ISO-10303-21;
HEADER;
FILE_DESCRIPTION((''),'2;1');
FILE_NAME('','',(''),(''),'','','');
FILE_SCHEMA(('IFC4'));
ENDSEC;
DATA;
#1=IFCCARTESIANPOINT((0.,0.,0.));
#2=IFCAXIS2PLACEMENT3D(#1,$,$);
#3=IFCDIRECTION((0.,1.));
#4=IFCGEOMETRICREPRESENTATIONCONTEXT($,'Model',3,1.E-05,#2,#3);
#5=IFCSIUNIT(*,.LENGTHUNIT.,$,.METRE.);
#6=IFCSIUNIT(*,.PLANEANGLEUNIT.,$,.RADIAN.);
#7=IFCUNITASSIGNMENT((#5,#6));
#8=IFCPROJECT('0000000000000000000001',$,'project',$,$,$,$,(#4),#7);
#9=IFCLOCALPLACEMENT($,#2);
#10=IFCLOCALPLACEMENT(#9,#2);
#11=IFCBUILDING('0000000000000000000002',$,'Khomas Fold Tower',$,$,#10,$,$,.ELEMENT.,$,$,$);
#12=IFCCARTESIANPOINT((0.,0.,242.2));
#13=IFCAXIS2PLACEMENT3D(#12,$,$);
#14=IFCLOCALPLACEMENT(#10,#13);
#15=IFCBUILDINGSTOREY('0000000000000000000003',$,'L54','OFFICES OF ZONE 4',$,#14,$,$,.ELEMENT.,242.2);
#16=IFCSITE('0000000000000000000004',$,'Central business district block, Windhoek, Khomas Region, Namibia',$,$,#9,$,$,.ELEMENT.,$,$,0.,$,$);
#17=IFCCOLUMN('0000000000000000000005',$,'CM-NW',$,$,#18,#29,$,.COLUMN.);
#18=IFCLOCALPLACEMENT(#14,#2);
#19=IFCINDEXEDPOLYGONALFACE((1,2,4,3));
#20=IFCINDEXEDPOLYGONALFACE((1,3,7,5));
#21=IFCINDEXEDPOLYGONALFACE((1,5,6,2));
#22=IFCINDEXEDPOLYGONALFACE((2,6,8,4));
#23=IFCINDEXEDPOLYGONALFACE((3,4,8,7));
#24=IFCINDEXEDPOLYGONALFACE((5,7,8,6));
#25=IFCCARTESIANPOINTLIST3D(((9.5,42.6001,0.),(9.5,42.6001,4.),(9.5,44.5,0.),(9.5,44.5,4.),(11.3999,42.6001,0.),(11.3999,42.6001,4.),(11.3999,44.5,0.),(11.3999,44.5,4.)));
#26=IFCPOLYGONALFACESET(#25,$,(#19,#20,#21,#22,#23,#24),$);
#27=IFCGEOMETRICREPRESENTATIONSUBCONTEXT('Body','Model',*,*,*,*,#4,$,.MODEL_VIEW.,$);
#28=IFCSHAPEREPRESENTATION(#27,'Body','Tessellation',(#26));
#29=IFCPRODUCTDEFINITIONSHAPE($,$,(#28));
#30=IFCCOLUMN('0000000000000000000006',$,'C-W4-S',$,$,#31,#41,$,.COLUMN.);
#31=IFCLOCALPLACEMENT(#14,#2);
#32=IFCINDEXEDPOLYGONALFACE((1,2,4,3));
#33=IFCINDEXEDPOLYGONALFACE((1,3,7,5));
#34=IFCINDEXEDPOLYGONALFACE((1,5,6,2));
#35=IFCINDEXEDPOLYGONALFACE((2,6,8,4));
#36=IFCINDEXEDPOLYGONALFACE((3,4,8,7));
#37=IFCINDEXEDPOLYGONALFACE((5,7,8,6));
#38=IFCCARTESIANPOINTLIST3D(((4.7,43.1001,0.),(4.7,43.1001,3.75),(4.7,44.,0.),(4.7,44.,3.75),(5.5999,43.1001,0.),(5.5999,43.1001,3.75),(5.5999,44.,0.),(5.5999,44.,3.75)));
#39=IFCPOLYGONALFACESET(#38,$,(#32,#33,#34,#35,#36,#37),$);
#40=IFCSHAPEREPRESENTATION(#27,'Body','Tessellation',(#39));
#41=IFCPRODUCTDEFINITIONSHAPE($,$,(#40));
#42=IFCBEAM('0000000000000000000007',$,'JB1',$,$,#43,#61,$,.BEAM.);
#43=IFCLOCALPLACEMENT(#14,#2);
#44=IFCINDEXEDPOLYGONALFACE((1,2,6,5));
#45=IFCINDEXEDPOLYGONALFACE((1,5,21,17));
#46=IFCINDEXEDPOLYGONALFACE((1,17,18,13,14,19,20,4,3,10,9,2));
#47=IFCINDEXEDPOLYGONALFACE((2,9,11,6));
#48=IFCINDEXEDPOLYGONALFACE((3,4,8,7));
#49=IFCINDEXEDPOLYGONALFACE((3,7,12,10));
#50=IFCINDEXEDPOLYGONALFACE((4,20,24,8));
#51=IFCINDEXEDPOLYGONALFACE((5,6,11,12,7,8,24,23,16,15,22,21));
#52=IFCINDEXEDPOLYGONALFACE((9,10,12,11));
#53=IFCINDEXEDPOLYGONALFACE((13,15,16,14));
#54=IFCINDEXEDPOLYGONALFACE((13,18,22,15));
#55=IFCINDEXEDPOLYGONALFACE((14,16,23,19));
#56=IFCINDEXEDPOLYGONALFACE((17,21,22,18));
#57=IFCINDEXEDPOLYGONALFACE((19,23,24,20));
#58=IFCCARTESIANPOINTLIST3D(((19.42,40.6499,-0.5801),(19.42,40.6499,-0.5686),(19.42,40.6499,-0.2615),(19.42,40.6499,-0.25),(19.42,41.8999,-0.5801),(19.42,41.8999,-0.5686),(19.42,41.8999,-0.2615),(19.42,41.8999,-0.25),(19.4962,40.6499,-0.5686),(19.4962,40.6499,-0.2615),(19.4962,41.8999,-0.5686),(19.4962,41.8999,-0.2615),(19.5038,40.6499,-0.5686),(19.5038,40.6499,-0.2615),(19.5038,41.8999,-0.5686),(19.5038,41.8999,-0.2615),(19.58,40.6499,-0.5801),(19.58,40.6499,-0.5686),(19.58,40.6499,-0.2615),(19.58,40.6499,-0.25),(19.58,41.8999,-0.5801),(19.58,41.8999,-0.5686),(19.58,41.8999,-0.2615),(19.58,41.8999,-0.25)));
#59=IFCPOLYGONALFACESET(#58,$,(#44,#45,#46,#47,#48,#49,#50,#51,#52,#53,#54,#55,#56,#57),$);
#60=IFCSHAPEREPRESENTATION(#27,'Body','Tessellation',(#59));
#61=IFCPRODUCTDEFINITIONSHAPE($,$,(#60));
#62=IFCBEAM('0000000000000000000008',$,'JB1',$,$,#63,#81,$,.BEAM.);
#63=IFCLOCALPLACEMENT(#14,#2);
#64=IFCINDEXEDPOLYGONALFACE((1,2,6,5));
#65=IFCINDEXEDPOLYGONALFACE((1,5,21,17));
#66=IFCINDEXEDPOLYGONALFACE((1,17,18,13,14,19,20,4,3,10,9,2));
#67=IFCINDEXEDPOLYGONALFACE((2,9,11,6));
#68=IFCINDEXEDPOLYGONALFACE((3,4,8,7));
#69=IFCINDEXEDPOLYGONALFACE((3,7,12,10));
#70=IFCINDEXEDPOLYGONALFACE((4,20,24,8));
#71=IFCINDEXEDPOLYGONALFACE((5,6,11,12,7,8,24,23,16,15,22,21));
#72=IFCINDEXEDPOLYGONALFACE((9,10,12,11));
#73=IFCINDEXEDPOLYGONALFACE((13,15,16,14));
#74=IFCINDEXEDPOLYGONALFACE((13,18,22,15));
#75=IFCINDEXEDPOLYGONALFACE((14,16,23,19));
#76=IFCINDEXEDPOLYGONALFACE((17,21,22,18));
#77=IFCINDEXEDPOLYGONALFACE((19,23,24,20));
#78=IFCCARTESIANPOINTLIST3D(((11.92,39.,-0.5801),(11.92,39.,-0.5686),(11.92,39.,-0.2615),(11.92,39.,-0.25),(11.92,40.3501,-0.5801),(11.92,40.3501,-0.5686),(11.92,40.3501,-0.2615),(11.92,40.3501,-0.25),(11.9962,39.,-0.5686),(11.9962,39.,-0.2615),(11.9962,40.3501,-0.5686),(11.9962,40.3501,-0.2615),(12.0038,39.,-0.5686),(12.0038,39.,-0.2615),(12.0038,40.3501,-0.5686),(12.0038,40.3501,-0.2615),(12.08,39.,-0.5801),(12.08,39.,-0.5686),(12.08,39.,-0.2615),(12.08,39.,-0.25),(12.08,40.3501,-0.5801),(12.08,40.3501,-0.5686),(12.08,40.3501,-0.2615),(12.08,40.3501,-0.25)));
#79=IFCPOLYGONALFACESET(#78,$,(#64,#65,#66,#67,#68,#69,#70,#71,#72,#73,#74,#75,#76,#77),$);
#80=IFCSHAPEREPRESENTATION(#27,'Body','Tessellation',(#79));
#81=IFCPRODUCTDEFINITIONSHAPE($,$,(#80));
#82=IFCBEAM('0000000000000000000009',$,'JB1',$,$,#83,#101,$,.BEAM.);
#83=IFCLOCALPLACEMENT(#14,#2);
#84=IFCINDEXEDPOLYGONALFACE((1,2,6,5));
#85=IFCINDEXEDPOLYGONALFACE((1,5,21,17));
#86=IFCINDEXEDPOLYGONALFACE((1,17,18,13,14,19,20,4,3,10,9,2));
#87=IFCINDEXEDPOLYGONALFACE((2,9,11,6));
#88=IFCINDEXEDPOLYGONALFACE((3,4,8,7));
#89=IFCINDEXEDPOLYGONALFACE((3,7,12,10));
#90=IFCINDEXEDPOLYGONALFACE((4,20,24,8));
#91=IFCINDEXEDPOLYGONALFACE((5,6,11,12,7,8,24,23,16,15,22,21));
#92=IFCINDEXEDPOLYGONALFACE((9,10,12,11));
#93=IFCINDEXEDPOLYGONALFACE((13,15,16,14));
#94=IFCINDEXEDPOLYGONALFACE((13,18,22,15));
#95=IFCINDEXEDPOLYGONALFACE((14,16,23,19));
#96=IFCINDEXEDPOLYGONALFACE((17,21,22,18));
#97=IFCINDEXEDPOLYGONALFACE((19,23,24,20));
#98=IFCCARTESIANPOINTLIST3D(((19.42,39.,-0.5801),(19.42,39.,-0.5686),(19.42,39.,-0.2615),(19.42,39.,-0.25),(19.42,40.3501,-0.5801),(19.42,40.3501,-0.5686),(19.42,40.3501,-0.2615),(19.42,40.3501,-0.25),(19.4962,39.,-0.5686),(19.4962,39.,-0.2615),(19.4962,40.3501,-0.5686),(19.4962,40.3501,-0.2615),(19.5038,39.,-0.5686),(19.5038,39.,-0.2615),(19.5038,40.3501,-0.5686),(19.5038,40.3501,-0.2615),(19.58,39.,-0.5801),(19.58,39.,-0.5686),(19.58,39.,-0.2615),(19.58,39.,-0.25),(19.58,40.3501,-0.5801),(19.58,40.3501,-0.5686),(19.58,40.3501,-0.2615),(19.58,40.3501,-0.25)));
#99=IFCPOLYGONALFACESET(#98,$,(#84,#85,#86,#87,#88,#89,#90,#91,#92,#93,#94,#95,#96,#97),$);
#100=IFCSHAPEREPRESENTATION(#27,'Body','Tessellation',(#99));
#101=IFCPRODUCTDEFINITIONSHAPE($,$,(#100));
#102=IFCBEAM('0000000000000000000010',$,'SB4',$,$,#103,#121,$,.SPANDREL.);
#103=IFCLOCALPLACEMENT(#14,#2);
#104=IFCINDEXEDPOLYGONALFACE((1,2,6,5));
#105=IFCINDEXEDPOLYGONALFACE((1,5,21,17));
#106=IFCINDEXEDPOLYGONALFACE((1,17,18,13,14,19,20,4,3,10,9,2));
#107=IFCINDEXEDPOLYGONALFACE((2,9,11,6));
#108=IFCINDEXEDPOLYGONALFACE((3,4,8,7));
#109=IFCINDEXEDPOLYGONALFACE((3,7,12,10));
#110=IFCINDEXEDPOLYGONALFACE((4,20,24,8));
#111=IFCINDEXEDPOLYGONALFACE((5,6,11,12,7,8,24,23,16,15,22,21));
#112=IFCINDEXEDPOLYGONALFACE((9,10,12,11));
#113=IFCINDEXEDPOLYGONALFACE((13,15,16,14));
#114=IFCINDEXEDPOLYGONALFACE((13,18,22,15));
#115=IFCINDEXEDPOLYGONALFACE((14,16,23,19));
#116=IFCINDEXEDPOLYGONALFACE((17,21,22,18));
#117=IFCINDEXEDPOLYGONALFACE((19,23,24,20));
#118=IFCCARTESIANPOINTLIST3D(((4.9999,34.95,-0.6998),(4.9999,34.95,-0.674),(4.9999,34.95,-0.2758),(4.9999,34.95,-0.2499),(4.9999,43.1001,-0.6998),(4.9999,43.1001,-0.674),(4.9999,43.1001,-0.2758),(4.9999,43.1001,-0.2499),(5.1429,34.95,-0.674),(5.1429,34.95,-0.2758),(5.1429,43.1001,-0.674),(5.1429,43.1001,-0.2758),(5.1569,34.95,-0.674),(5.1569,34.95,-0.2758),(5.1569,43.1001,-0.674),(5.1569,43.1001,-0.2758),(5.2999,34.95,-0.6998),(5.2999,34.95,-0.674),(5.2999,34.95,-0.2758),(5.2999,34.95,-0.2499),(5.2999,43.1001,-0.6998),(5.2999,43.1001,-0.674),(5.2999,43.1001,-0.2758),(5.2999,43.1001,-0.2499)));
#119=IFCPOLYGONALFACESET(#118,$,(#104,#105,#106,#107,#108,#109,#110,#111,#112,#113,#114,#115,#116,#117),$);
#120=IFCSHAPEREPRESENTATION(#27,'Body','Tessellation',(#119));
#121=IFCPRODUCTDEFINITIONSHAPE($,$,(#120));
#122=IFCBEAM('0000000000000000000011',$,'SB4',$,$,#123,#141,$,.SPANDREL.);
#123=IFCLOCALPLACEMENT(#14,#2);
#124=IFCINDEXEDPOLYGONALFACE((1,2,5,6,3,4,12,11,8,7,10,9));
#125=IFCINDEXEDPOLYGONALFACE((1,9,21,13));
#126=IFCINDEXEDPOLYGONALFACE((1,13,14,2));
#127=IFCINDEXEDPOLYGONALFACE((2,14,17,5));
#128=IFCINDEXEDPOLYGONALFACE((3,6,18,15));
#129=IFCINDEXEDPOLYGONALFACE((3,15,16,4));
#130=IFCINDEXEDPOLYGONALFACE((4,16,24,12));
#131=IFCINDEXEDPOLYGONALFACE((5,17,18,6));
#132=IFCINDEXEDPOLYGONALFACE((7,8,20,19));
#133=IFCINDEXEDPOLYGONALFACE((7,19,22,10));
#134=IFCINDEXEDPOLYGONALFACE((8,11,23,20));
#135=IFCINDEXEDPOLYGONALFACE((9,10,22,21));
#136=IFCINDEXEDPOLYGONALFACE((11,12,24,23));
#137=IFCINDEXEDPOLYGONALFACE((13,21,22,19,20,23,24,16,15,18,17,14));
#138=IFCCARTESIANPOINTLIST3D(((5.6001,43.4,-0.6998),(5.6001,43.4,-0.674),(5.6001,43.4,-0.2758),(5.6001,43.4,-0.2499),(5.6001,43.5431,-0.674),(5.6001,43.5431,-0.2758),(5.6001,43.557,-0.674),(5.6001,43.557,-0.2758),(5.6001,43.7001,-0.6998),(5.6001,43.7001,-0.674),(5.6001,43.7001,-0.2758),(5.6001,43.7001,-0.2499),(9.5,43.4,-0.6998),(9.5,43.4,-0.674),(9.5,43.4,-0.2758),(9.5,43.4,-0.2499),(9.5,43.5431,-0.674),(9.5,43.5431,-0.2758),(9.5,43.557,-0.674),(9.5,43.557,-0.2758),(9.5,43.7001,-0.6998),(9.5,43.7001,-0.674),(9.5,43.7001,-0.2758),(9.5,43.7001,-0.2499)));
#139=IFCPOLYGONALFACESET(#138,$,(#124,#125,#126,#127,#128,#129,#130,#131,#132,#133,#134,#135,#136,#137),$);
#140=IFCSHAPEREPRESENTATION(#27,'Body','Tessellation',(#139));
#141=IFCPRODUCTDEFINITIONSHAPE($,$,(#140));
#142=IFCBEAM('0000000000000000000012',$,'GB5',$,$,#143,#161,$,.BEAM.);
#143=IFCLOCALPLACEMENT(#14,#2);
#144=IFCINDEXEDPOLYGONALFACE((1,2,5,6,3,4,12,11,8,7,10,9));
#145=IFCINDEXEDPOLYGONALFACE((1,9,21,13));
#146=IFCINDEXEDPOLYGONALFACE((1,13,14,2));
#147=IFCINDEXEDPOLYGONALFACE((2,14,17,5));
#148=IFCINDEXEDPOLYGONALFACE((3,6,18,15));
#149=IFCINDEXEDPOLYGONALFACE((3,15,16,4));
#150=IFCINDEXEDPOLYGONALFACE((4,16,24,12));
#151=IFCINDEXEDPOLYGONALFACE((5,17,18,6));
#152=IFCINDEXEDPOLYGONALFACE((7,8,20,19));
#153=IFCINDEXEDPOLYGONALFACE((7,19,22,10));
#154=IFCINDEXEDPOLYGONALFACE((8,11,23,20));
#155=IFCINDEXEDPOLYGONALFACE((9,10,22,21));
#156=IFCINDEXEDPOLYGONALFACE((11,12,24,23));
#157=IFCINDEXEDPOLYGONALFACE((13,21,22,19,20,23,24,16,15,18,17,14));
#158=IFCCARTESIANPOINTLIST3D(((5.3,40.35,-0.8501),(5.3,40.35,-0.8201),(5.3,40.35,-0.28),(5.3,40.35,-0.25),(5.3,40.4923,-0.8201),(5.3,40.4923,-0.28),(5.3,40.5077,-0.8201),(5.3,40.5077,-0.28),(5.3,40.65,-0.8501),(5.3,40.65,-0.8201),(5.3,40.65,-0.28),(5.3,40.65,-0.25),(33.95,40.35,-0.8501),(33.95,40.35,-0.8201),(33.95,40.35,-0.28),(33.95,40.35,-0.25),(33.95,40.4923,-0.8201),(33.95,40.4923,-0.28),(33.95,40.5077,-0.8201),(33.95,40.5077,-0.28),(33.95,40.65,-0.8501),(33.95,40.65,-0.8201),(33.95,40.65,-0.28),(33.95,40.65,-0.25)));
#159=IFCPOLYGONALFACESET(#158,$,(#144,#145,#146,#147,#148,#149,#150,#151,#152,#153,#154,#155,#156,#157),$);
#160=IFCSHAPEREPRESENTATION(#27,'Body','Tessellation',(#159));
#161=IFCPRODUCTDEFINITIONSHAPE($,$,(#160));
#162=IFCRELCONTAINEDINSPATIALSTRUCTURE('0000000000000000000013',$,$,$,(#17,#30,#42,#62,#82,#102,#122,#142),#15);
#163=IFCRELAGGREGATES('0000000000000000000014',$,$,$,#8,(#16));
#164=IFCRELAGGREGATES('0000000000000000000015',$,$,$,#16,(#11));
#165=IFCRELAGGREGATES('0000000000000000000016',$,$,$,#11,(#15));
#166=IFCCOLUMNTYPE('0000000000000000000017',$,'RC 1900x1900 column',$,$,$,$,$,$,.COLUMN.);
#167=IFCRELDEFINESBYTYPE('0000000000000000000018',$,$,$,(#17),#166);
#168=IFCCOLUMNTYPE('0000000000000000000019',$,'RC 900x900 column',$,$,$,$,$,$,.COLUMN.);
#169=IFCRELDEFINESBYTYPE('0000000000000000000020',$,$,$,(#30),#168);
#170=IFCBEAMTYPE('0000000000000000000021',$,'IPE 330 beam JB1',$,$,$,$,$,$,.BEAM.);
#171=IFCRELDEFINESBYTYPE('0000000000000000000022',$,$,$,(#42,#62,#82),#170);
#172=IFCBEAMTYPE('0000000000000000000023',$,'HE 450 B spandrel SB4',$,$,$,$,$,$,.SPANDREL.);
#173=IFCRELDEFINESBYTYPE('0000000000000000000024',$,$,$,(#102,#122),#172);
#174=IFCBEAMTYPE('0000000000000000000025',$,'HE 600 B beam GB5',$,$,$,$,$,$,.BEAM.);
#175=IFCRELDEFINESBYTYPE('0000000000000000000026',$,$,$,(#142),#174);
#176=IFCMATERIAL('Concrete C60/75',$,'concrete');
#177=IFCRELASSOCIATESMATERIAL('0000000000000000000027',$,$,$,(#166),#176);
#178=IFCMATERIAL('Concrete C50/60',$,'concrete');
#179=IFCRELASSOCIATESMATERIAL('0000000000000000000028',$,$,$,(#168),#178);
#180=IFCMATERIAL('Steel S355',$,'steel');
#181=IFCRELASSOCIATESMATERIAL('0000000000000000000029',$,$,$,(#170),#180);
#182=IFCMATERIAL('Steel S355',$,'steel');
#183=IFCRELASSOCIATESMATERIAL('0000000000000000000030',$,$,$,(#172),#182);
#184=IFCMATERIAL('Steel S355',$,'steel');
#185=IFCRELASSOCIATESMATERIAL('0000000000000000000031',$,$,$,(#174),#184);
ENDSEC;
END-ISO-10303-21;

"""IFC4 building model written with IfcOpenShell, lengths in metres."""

from ifc_helpers import new_model, si_unit, direction, frame, origin, origin_2d, place, context, subcontext, project, spatial, rectangle, i_section, extrude, source, transform, mapped, material, material_profile, profile_set, type_object, element, save


model = new_model("IFC4")

# Units and contexts
model_context = context("Model", 3, precision=1e-05, world=origin(), true_north=direction((0.0, 1.0)))
body_context = subcontext(model_context, "Body", "Model", "MODEL_VIEW")
ifc_project = project(units=[si_unit("LENGTHUNIT", "METRE"), si_unit("PLANEANGLEUNIT", "RADIAN")], contexts=[model_context])

# Site, building, storey
site_placement = place(None, origin())
site = spatial("IfcSite", under=ifc_project, at=site_placement, Name="Central business district block, Windhoek, Khomas Region, Namibia", CompositionType="ELEMENT", RefElevation=0.0)
building_placement = place(site_placement, origin())
building = spatial("IfcBuilding", under=site, at=building_placement, Name="Khomas Fold Tower", CompositionType="ELEMENT")
storey_placement = place(building_placement, frame((0.0, 0.0, 242.2)))
storey = spatial("IfcBuildingStorey", under=building, at=storey_placement, Name="L54", Description="OFFICES OF ZONE 4", CompositionType="ELEMENT", Elevation=242.2)

# Columns
ifc_material_1 = material(Name="Concrete C60/75", Category="concrete")
ifc_material_profile_1 = material_profile(ifc_material_1, rectangle(XDim=1.8999, YDim=1.8999, at=origin_2d()), Name="RC 1900x1900")
ifc_profile_set_1 = profile_set([ifc_material_profile_1], Name="Concrete C60/75")
column_type_1 = type_object("IfcColumnType", Name="RC 1900x1900 column", PredefinedType="COLUMN", material=ifc_profile_set_1)
shared_shape_1 = source(origin(), body_context, "Body", "SweptSolid", [
    extrude(rectangle(XDim=1.8999, YDim=1.8999, at=origin_2d()), origin(), (0.0, 0.0, 1.0), 4.0),
])
column_1_placement = place(storey_placement, frame((10.45, 43.55, 0.0), z_axis=(0.0, 0.0, 1.0), x_axis=(1.0, 0.0, 0.0)))
element("IfcColumn", 1, at=column_1_placement, inside=storey, type_object=column_type_1, Name="CM-NW", PredefinedType="COLUMN", context=body_context, shape_type="MappedRepresentation", body=[
    mapped(shared_shape_1, transform((0.0, 0.0, 0.0))),
])
ifc_material_2 = material(Name="Concrete C50/60", Category="concrete")
ifc_material_profile_2 = material_profile(ifc_material_2, rectangle(XDim=0.8999, YDim=0.8999, at=origin_2d()), Name="RC 900x900")
ifc_profile_set_2 = profile_set([ifc_material_profile_2], Name="Concrete C50/60")
column_type_2 = type_object("IfcColumnType", Name="RC 900x900 column", PredefinedType="COLUMN", material=ifc_profile_set_2)
shared_shape_2 = source(origin(), body_context, "Body", "SweptSolid", [
    extrude(rectangle(XDim=0.8999, YDim=0.8999, at=origin_2d()), origin(), (0.0, 0.0, 1.0), 3.75),
])
column_2_placement = place(storey_placement, frame((5.1499, 43.55, 0.0), z_axis=(0.0, 0.0, 1.0), x_axis=(1.0, 0.0, 0.0)))
element("IfcColumn", 2, at=column_2_placement, inside=storey, type_object=column_type_2, Name="C-W4-S", PredefinedType="COLUMN", context=body_context, shape_type="MappedRepresentation", body=[
    mapped(shared_shape_2, transform((0.0, 0.0, 0.0))),
])

# Beams
ifc_material_3 = material(Name="Steel S355", Category="steel")
ifc_material_profile_3 = material_profile(ifc_material_3, i_section(OverallWidth=0.1599, OverallDepth=0.3301, WebThickness=0.0076, FlangeThickness=0.0115, at=origin_2d()), Name="IPE 330")
ifc_profile_set_3 = profile_set([ifc_material_profile_3], Name="Steel S355")
beam_type_1 = type_object("IfcBeamType", Name="IPE 330 beam JB1", PredefinedType="BEAM", material=ifc_profile_set_3)
shared_shape_3 = source(origin(), body_context, "Body", "SweptSolid", [
    extrude(i_section(OverallWidth=0.1599, OverallDepth=0.3301, WebThickness=0.0076, FlangeThickness=0.0115, at=origin_2d()), origin(), (0.0, 0.0, 1.0), 1.25),
])
beam_1_placement = place(storey_placement, frame((19.5, 40.6499, -0.415), z_axis=(0.0, 1.0, 0.0), x_axis=(-1.0, 0.0, 0.0)))
element("IfcBeam", 3, at=beam_1_placement, inside=storey, type_object=beam_type_1, Name="JB1", PredefinedType="BEAM", context=body_context, shape_type="MappedRepresentation", body=[
    mapped(shared_shape_3, transform((0.0, 0.0, 0.0))),
])
shared_shape_4 = source(origin(), body_context, "Body", "SweptSolid", [
    extrude(i_section(OverallWidth=0.1599, OverallDepth=0.3301, WebThickness=0.0076, FlangeThickness=0.0115, at=origin_2d()), origin(), (0.0, 0.0, 1.0), 1.3501),
])
for number, where, z_axis, x_axis, name in (
    (4, (12.0, 39.0, -0.415), (0.0, 1.0, 0.0), (-1.0, 0.0, 0.0), "JB1"),
    (5, (19.5, 39.0, -0.415), (0.0, 1.0, 0.0), (-1.0, 0.0, 0.0), "JB1"),
):
    element("IfcBeam", number, at=place(storey_placement, frame(where, z_axis=z_axis, x_axis=x_axis)), inside=storey, type_object=beam_type_1, Name=name, PredefinedType="BEAM", context=body_context, shape_type="MappedRepresentation", body=[
        mapped(shared_shape_4, transform((0.0, 0.0, 0.0))),
    ])
ifc_material_4 = material(Name="Steel S355", Category="steel")
ifc_material_profile_4 = material_profile(ifc_material_4, i_section(OverallWidth=0.3, OverallDepth=0.45, WebThickness=0.0139, FlangeThickness=0.0259, at=origin_2d()), Name="HE 450 B")
ifc_profile_set_4 = profile_set([ifc_material_profile_4], Name="Steel S355")
beam_type_2 = type_object("IfcBeamType", Name="HE 450 B spandrel SB4", PredefinedType="SPANDREL", material=ifc_profile_set_4)
shared_shape_5 = source(origin(), body_context, "Body", "SweptSolid", [
    extrude(i_section(OverallWidth=0.3, OverallDepth=0.45, WebThickness=0.0139, FlangeThickness=0.0259, at=origin_2d()), origin(), (0.0, 0.0, 1.0), 8.1501),
])
beam_2_placement = place(storey_placement, frame((5.1499, 34.95, -0.4749), z_axis=(0.0, 1.0, 0.0), x_axis=(-1.0, 0.0, 0.0)))
element("IfcBeam", 6, at=beam_2_placement, inside=storey, type_object=beam_type_2, Name="SB4", PredefinedType="SPANDREL", context=body_context, shape_type="MappedRepresentation", body=[
    mapped(shared_shape_5, transform((0.0, 0.0, 0.0))),
])
shared_shape_6 = source(origin(), body_context, "Body", "SweptSolid", [
    extrude(i_section(OverallWidth=0.3, OverallDepth=0.45, WebThickness=0.0139, FlangeThickness=0.0259, at=origin_2d()), origin(), (0.0, 0.0, 1.0), 3.8999),
])
beam_3_placement = place(storey_placement, frame((5.6001, 43.55, -0.4749), z_axis=(1.0, 0.0, 0.0), x_axis=(0.0, 1.0, 0.0)))
element("IfcBeam", 7, at=beam_3_placement, inside=storey, type_object=beam_type_2, Name="SB4", PredefinedType="SPANDREL", context=body_context, shape_type="MappedRepresentation", body=[
    mapped(shared_shape_6, transform((0.0, 0.0, 0.0))),
])
ifc_material_5 = material(Name="Steel S355", Category="steel")
ifc_material_profile_5 = material_profile(ifc_material_5, i_section(OverallWidth=0.3, OverallDepth=0.6001, WebThickness=0.0154, FlangeThickness=0.03, at=origin_2d()), Name="HE 600 B")
ifc_profile_set_5 = profile_set([ifc_material_profile_5], Name="Steel S355")
beam_type_3 = type_object("IfcBeamType", Name="HE 600 B beam GB5", PredefinedType="BEAM", material=ifc_profile_set_5)
shared_shape_7 = source(origin(), body_context, "Body", "SweptSolid", [
    extrude(i_section(OverallWidth=0.3, OverallDepth=0.6001, WebThickness=0.0154, FlangeThickness=0.03, at=origin_2d()), origin(), (0.0, 0.0, 1.0), 28.6499),
])
beam_4_placement = place(storey_placement, frame((5.3, 40.5, -0.55), z_axis=(1.0, 0.0, 0.0), x_axis=(0.0, 1.0, 0.0)))
element("IfcBeam", 8, at=beam_4_placement, inside=storey, type_object=beam_type_3, Name="GB5", PredefinedType="BEAM", context=body_context, shape_type="MappedRepresentation", body=[
    mapped(shared_shape_7, transform((0.0, 0.0, 0.0))),
])

save(model, "model.ifc")
